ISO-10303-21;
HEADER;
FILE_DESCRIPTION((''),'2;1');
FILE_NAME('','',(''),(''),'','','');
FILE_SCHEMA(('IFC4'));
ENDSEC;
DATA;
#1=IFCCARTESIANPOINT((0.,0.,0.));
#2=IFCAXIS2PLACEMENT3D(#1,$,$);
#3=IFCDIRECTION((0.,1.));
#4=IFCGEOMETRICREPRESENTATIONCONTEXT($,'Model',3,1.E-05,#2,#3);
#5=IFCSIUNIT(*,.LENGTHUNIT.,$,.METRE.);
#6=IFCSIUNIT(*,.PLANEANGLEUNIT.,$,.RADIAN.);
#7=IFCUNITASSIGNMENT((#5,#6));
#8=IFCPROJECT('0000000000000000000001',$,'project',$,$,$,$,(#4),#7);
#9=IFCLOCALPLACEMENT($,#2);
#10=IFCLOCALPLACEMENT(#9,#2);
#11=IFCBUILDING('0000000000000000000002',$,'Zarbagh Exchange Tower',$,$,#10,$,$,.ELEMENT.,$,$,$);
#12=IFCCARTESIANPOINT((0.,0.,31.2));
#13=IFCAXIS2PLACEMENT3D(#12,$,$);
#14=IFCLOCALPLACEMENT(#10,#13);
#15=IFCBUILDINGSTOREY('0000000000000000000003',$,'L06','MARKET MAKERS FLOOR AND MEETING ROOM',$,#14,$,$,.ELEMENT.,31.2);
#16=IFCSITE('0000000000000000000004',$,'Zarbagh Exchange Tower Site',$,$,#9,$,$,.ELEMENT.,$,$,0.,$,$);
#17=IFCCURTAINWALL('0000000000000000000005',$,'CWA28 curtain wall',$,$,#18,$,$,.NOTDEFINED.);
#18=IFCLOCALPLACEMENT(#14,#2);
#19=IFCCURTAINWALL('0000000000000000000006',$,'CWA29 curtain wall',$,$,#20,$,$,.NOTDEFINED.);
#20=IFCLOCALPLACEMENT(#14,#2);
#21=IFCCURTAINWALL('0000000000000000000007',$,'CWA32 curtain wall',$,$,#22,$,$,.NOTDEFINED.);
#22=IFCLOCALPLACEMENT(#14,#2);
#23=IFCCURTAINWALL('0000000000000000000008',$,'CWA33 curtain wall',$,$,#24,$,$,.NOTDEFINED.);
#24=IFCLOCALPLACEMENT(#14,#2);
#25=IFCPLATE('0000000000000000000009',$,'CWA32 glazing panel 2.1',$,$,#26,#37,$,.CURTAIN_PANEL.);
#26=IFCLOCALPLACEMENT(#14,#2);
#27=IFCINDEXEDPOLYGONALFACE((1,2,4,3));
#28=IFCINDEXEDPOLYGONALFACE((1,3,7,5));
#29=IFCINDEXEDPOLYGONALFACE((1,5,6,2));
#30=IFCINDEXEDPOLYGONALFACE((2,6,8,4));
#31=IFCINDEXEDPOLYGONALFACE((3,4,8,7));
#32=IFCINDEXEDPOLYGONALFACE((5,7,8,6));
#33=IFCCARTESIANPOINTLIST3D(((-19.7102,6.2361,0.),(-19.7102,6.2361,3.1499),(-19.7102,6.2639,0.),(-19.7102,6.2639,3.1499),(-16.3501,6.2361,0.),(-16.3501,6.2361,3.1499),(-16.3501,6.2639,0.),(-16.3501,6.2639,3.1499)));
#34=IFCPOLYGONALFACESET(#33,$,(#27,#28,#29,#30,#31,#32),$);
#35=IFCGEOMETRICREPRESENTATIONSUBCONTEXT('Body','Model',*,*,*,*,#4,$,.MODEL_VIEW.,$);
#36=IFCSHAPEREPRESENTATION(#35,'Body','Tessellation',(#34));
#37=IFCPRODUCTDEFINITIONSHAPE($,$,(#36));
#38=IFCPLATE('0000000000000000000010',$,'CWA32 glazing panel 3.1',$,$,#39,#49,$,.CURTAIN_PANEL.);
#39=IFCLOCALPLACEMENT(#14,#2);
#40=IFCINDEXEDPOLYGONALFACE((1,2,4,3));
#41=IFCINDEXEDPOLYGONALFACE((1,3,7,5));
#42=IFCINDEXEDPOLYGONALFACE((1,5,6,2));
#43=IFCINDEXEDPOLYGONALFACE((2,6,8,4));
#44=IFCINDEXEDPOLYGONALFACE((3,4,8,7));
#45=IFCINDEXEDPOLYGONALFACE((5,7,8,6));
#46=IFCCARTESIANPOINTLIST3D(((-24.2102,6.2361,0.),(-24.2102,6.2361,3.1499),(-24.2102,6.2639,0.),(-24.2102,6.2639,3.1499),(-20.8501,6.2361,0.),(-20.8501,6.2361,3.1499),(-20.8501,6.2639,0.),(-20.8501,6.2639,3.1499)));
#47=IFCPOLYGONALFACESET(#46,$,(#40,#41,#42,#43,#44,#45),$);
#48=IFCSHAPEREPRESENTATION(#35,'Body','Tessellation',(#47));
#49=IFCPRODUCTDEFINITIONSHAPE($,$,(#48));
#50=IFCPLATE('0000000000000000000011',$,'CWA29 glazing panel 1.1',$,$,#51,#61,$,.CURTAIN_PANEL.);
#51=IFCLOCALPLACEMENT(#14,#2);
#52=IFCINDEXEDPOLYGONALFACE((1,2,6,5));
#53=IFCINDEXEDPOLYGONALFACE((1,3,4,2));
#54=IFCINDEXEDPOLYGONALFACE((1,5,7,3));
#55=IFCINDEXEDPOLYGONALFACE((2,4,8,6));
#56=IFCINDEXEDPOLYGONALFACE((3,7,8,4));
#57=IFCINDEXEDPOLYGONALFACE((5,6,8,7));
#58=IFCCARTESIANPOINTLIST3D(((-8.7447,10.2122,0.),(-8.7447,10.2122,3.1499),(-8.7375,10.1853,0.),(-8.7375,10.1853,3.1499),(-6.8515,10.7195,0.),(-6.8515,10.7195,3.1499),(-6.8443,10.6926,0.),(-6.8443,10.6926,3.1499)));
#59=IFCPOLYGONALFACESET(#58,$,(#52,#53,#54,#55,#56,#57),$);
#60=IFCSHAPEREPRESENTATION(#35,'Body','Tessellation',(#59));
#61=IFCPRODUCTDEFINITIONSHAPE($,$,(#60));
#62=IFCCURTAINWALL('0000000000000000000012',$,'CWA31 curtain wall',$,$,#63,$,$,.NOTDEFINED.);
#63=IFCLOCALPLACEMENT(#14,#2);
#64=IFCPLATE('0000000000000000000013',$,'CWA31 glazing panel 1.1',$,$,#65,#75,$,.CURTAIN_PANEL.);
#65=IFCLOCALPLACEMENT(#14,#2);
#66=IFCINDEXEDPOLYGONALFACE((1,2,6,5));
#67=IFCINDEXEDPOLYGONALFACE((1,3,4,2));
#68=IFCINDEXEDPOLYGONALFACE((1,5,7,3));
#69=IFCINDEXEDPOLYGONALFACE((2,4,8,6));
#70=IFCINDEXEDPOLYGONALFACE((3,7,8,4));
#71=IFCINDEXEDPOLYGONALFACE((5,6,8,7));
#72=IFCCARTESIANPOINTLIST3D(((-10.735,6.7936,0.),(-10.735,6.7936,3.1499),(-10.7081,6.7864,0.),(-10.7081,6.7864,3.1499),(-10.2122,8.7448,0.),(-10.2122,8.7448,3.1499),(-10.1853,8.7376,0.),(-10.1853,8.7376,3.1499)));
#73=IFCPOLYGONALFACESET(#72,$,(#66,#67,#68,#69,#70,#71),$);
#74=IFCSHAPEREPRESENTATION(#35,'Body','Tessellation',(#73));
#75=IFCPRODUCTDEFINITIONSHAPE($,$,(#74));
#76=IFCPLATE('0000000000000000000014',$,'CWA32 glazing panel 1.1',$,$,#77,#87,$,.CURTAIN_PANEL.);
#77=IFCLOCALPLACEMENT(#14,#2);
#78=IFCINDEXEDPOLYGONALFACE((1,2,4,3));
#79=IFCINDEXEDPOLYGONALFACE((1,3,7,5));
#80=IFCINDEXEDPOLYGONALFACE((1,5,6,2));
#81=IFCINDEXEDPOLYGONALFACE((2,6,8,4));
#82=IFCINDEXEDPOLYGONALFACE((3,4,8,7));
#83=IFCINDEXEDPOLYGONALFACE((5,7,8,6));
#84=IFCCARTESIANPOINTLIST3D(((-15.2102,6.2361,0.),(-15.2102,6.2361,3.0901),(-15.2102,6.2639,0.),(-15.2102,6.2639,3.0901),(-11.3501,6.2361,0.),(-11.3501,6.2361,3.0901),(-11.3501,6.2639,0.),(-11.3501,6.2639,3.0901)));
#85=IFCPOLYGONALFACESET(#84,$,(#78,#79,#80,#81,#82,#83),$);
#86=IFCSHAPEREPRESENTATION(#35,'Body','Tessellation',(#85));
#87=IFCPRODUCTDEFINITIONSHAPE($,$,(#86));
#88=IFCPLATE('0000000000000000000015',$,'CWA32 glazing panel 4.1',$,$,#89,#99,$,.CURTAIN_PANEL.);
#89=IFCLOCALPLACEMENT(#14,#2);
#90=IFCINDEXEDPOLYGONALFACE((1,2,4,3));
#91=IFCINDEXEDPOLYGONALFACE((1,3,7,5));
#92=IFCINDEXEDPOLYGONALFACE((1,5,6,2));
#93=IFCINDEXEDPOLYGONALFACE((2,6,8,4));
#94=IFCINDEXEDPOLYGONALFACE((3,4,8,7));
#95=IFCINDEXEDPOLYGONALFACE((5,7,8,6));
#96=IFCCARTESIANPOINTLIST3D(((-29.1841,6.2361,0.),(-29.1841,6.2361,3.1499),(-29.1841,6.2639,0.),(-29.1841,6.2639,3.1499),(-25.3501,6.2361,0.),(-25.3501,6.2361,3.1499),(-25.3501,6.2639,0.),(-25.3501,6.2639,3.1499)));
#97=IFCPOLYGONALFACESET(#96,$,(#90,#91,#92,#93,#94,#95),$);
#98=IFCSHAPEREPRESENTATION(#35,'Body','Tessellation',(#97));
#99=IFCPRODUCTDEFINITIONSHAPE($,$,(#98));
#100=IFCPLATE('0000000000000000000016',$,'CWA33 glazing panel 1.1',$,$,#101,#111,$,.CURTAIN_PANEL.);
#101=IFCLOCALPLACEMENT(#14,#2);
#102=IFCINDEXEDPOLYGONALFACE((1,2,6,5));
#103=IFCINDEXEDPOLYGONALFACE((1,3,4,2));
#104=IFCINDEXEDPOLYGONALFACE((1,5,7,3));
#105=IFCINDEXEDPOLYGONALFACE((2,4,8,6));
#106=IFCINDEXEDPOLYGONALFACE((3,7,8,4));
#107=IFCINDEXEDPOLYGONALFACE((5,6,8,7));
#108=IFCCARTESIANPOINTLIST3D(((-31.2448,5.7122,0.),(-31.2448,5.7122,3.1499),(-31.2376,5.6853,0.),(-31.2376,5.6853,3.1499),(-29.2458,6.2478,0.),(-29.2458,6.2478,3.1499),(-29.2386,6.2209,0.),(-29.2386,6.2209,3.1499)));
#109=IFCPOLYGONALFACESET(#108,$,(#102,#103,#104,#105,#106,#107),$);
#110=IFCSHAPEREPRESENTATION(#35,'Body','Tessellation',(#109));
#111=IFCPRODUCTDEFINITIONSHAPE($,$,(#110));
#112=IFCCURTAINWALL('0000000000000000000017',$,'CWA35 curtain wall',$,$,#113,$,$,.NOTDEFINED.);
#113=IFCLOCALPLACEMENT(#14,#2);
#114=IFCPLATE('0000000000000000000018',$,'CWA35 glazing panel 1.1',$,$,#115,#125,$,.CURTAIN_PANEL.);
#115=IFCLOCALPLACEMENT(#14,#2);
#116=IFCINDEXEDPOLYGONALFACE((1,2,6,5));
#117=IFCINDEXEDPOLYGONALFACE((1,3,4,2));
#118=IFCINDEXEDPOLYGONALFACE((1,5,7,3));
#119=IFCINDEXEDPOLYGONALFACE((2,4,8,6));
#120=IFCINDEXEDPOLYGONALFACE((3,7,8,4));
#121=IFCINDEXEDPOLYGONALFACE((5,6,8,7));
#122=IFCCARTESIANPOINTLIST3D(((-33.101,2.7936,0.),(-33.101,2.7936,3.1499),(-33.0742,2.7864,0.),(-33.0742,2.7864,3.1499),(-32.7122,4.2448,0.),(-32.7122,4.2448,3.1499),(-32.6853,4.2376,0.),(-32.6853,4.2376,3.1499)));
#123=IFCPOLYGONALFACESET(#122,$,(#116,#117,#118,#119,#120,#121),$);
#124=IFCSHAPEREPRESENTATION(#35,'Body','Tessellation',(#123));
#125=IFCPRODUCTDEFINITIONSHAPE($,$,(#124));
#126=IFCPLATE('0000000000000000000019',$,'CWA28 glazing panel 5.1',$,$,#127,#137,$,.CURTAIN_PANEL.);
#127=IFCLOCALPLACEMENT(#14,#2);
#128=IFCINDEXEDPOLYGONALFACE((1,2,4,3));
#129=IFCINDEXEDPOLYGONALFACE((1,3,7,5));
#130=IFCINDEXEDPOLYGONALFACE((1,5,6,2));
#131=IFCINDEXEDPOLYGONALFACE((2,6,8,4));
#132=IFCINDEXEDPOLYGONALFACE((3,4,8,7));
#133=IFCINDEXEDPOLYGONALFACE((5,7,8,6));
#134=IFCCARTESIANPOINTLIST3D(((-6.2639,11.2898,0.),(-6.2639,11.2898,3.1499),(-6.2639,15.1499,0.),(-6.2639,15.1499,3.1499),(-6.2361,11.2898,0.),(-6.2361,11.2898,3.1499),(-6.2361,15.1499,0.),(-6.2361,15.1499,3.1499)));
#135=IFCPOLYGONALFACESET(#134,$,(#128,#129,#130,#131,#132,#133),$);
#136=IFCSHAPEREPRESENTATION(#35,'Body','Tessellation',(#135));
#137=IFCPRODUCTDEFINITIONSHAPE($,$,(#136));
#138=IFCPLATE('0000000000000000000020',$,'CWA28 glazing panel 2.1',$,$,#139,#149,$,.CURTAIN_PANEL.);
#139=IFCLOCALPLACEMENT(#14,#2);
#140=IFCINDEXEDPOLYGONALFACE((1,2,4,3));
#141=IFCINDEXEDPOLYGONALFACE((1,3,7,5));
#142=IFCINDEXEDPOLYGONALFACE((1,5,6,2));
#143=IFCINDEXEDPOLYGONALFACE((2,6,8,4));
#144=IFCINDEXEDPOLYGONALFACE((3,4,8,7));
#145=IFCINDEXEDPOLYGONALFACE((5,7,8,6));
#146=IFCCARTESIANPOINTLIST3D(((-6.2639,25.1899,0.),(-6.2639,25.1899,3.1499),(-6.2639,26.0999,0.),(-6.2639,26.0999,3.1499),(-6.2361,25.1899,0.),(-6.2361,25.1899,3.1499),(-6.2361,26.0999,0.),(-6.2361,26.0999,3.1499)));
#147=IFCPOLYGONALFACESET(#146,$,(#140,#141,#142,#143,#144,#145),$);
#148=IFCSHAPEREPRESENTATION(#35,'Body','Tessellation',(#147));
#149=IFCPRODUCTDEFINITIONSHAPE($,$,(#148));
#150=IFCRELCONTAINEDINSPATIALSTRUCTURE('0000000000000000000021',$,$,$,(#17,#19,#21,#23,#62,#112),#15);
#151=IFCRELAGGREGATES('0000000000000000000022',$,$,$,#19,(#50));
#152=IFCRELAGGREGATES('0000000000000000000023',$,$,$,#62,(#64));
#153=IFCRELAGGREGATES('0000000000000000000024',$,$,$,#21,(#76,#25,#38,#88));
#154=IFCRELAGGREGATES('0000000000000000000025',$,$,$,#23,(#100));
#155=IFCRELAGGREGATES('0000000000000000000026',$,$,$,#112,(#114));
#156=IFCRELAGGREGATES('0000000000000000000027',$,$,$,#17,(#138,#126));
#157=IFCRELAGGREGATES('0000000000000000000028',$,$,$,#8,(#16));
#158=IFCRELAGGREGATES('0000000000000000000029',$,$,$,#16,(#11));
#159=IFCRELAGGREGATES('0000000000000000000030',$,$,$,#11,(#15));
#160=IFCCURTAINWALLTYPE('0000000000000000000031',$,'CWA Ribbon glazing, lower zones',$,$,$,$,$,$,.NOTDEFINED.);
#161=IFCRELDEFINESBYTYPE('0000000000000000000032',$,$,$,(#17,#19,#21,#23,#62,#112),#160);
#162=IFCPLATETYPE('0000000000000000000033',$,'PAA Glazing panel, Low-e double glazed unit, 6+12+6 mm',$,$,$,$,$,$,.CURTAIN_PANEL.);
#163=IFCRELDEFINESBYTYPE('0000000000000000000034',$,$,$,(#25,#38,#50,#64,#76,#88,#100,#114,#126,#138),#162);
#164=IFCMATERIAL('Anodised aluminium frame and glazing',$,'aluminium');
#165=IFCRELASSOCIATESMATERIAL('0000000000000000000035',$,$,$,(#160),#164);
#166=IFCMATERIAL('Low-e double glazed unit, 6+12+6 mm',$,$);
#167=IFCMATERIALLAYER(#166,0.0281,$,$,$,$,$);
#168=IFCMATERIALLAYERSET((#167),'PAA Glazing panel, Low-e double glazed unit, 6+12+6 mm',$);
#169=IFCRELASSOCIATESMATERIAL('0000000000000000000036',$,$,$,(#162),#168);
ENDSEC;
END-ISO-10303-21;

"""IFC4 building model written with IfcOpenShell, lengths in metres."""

from ifc_helpers import new_model, si_unit, direction, frame, origin, place, context, subcontext, project, spatial, polyline, outline, extrude, source, transform, mapped, material, layer, layer_set, type_object, element, aggregate, save


model = new_model("IFC4")

# Units and contexts
model_context = context("Model", 3, precision=1e-05, world=origin(), true_north=direction((0.0, 1.0)))
body_context = subcontext(model_context, "Body", "Model", "MODEL_VIEW")
ifc_project = project(units=[si_unit("LENGTHUNIT", "METRE"), si_unit("PLANEANGLEUNIT", "RADIAN")], contexts=[model_context])

# Site, building, storey
site_placement = place(None, origin())
site = spatial("IfcSite", under=ifc_project, at=site_placement, Name="Zarbagh Exchange Tower Site", CompositionType="ELEMENT", RefElevation=0.0)
building_placement = place(site_placement, origin())
building = spatial("IfcBuilding", under=site, at=building_placement, Name="Zarbagh Exchange Tower", CompositionType="ELEMENT")
storey_placement = place(building_placement, frame((0.0, 0.0, 31.2)))
storey = spatial("IfcBuildingStorey", under=building, at=storey_placement, Name="L06", Description="MARKET MAKERS FLOOR AND MEETING ROOM", CompositionType="ELEMENT", Elevation=31.2)

# Curtain wall
ifc_material_1 = material(Name="Anodised aluminium frame and glazing", Category="aluminium")
curtain_wall_type = type_object("IfcCurtainWallType", Name="CWA Ribbon glazing, lower zones", PredefinedType="NOTDEFINED", material=ifc_material_1)
curtain_wall_1_placement = place(storey_placement, origin())
curtain_wall_1 = element("IfcCurtainWall", 1, at=curtain_wall_1_placement, inside=storey, type_object=curtain_wall_type, Name="CWA28 curtain wall", PredefinedType="NOTDEFINED")
placement = place(storey_placement, origin())

# Curtain wall
curtain_wall_2_placement = place(storey_placement, origin())
curtain_wall_2 = element("IfcCurtainWall", 2, at=curtain_wall_2_placement, inside=storey, type_object=curtain_wall_type, Name="CWA29 curtain wall", PredefinedType="NOTDEFINED")

# Curtain wall
curtain_wall_3_placement = place(storey_placement, origin())
curtain_wall_3 = element("IfcCurtainWall", 3, at=curtain_wall_3_placement, inside=storey, type_object=curtain_wall_type, Name="CWA32 curtain wall", PredefinedType="NOTDEFINED")

# Curtain wall
curtain_wall_4_placement = place(storey_placement, origin())
curtain_wall_4 = element("IfcCurtainWall", 4, at=curtain_wall_4_placement, inside=storey, type_object=curtain_wall_type, Name="CWA33 curtain wall", PredefinedType="NOTDEFINED")

# Shared definitions
ifc_material_2 = material(Name="Low-e double glazed unit, 6+12+6 mm")
ifc_layer = layer(ifc_material_2, 0.0281)
ifc_layer_set = layer_set([ifc_layer], Name="PAA Glazing panel, Low-e double glazed unit, 6+12+6 mm")
plate_type = type_object("IfcPlateType", Name="PAA Glazing panel, Low-e double glazed unit, 6+12+6 mm", PredefinedType="CURTAIN_PANEL", material=ifc_layer_set)

# Plates
shared_shape_1 = source(origin(), body_context, "Body", "SweptSolid", [
    extrude(outline(polyline([(0.0, -0.0139), (3.3601, -0.0139), (3.3601, 0.0139), (0.0, 0.0139), (0.0, -0.0139)])), origin(), (0.0, 0.0, 1.0), 3.1499),
])
plate_1 = element("IfcPlate", 5, at=placement, type_object=plate_type, Name="CWA32 glazing panel 2.1", PredefinedType="CURTAIN_PANEL", context=body_context, shape_type="MappedRepresentation", body=[
    mapped(shared_shape_1, transform((-16.3501, 6.25, 0.0), x_axis=(-1.0, 0.0, 0.0), y_axis=(0.0, -1.0, 0.0), z_axis=(0.0, 0.0, 1.0))),
])
plate_2 = element("IfcPlate", 6, at=placement, type_object=plate_type, Name="CWA32 glazing panel 3.1", PredefinedType="CURTAIN_PANEL", context=body_context, shape_type="MappedRepresentation", body=[
    mapped(shared_shape_1, transform((-20.8501, 6.25, 0.0), x_axis=(-1.0, 0.0, 0.0), y_axis=(0.0, -1.0, 0.0), z_axis=(0.0, 0.0, 1.0))),
])
shared_shape_2 = source(origin(), body_context, "Body", "SweptSolid", [
    extrude(outline(polyline([(0.0, -0.0139), (1.96, -0.0139), (1.96, 0.0139), (0.0, 0.0139), (0.0, -0.0139)])), origin(), (0.0, 0.0, 1.0), 3.1499),
])
plate_3 = element("IfcPlate", 7, at=placement, type_object=plate_type, Name="CWA29 glazing panel 1.1", PredefinedType="CURTAIN_PANEL", context=body_context, shape_type="MappedRepresentation", body=[
    mapped(shared_shape_2, transform((-6.8479, 10.7061, 0.0), x_axis=(-0.965924, -0.258825, 0.0), y_axis=(0.258825, -0.965924, 0.0), z_axis=(0.0, 0.0, 1.0))),
])
aggregate(curtain_wall_2, [plate_3])

# Curtain wall, plate
curtain_wall_5_placement = place(storey_placement, origin())
curtain_wall_5 = element("IfcCurtainWall", 8, at=curtain_wall_5_placement, inside=storey, type_object=curtain_wall_type, Name="CWA31 curtain wall", PredefinedType="NOTDEFINED")
shared_shape_3 = source(origin(), body_context, "Body", "SweptSolid", [
    extrude(outline(polyline([(0.0, -0.0139), (2.02, -0.0139), (2.02, 0.0139), (0.0, 0.0139), (0.0, -0.0139)])), origin(), (0.0, 0.0, 1.0), 3.1499),
])
plate_4 = element("IfcPlate", 9, at=placement, type_object=plate_type, Name="CWA31 glazing panel 1.1", PredefinedType="CURTAIN_PANEL", context=body_context, shape_type="MappedRepresentation", body=[
    mapped(shared_shape_3, transform((-10.1987, 8.7412, 0.0), x_axis=(-0.258825, -0.965924, 0.0), y_axis=(0.965924, -0.258825, 0.0), z_axis=(0.0, 0.0, 1.0))),
])
aggregate(curtain_wall_5, [plate_4])

# Plates
shared_shape_4 = source(origin(), body_context, "Body", "SweptSolid", [
    extrude(outline(polyline([(0.0, -0.0139), (3.8601, -0.0139), (3.8601, 0.0139), (0.0, 0.0139), (0.0, -0.0139)])), origin(), (0.0, 0.0, 1.0), 3.0901),
])
plate_5 = element("IfcPlate", 10, at=placement, type_object=plate_type, Name="CWA32 glazing panel 1.1", PredefinedType="CURTAIN_PANEL", context=body_context, shape_type="MappedRepresentation", body=[
    mapped(shared_shape_4, transform((-11.3501, 6.25, 0.0), x_axis=(-1.0, 0.0, 0.0), y_axis=(0.0, -1.0, 0.0), z_axis=(0.0, 0.0, 1.0))),
])
shared_shape_5 = source(origin(), body_context, "Body", "SweptSolid", [
    extrude(outline(polyline([(0.0, -0.0139), (3.834, -0.0139), (3.834, 0.0139), (0.0, 0.0139), (0.0, -0.0139)])), origin(), (0.0, 0.0, 1.0), 3.1499),
])
plate_6 = element("IfcPlate", 11, at=placement, type_object=plate_type, Name="CWA32 glazing panel 4.1", PredefinedType="CURTAIN_PANEL", context=body_context, shape_type="MappedRepresentation", body=[
    mapped(shared_shape_5, transform((-25.3501, 6.25, 0.0), x_axis=(-1.0, 0.0, 0.0), y_axis=(0.0, -1.0, 0.0), z_axis=(0.0, 0.0, 1.0))),
])
aggregate(curtain_wall_3, [plate_5, plate_1, plate_2, plate_6])
shared_shape_6 = source(origin(), body_context, "Body", "SweptSolid", [
    extrude(outline(polyline([(0.0, -0.0139), (2.0696, -0.0139), (2.0696, 0.0139), (0.0, 0.0139), (0.0, -0.0139)])), origin(), (0.0, 0.0, 1.0), 3.1499),
])
plate_7 = element("IfcPlate", 12, at=placement, type_object=plate_type, Name="CWA33 glazing panel 1.1", PredefinedType="CURTAIN_PANEL", context=body_context, shape_type="MappedRepresentation", body=[
    mapped(shared_shape_6, transform((-29.2422, 6.2344, 0.0), x_axis=(-0.965924, -0.258825, 0.0), y_axis=(0.258825, -0.965924, 0.0), z_axis=(0.0, 0.0, 1.0))),
])
aggregate(curtain_wall_4, [plate_7])

# Curtain wall, plate
curtain_wall_6_placement = place(storey_placement, origin())
curtain_wall_6 = element("IfcCurtainWall", 13, at=curtain_wall_6_placement, inside=storey, type_object=curtain_wall_type, Name="CWA35 curtain wall", PredefinedType="NOTDEFINED")
shared_shape_7 = source(origin(), body_context, "Body", "SweptSolid", [
    extrude(outline(polyline([(0.0, -0.0139), (1.5024, -0.0139), (1.5024, 0.0139), (0.0, 0.0139), (0.0, -0.0139)])), origin(), (0.0, 0.0, 1.0), 3.1499),
])
plate_8 = element("IfcPlate", 14, at=placement, type_object=plate_type, Name="CWA35 glazing panel 1.1", PredefinedType="CURTAIN_PANEL", context=body_context, shape_type="MappedRepresentation", body=[
    mapped(shared_shape_7, transform((-32.6987, 4.2412, 0.0), x_axis=(-0.258825, -0.965924, 0.0), y_axis=(0.965924, -0.258825, 0.0), z_axis=(0.0, 0.0, 1.0))),
])
aggregate(curtain_wall_6, [plate_8])

# Plates
shared_shape_8 = source(origin(), body_context, "Body", "SweptSolid", [
    extrude(outline(polyline([(0.0, -0.0139), (3.8601, -0.0139), (3.8601, 0.0139), (0.0, 0.0139), (0.0, -0.0139)])), origin(), (0.0, 0.0, 1.0), 3.1499),
])
plate_9 = element("IfcPlate", 15, at=placement, type_object=plate_type, Name="CWA28 glazing panel 5.1", PredefinedType="CURTAIN_PANEL", context=body_context, shape_type="MappedRepresentation", body=[
    mapped(shared_shape_8, transform((-6.25, 15.1499, 0.0), x_axis=(0.0, -1.0, 0.0), y_axis=(1.0, 0.0, 0.0), z_axis=(0.0, 0.0, 1.0))),
])
shared_shape_9 = source(origin(), body_context, "Body", "SweptSolid", [
    extrude(outline(polyline([(0.0, -0.0139), (0.9099, -0.0139), (0.9099, 0.0139), (0.0, 0.0139), (0.0, -0.0139)])), origin(), (0.0, 0.0, 1.0), 3.1499),
])
plate_10 = element("IfcPlate", 16, at=placement, type_object=plate_type, Name="CWA28 glazing panel 2.1", PredefinedType="CURTAIN_PANEL", context=body_context, shape_type="MappedRepresentation", body=[
    mapped(shared_shape_9, transform((-6.25, 26.0999, 0.0), x_axis=(0.0, -1.0, 0.0), y_axis=(1.0, 0.0, 0.0), z_axis=(0.0, 0.0, 1.0))),
])
aggregate(curtain_wall_1, [plate_10, plate_9])

save(model, "model.ifc")
